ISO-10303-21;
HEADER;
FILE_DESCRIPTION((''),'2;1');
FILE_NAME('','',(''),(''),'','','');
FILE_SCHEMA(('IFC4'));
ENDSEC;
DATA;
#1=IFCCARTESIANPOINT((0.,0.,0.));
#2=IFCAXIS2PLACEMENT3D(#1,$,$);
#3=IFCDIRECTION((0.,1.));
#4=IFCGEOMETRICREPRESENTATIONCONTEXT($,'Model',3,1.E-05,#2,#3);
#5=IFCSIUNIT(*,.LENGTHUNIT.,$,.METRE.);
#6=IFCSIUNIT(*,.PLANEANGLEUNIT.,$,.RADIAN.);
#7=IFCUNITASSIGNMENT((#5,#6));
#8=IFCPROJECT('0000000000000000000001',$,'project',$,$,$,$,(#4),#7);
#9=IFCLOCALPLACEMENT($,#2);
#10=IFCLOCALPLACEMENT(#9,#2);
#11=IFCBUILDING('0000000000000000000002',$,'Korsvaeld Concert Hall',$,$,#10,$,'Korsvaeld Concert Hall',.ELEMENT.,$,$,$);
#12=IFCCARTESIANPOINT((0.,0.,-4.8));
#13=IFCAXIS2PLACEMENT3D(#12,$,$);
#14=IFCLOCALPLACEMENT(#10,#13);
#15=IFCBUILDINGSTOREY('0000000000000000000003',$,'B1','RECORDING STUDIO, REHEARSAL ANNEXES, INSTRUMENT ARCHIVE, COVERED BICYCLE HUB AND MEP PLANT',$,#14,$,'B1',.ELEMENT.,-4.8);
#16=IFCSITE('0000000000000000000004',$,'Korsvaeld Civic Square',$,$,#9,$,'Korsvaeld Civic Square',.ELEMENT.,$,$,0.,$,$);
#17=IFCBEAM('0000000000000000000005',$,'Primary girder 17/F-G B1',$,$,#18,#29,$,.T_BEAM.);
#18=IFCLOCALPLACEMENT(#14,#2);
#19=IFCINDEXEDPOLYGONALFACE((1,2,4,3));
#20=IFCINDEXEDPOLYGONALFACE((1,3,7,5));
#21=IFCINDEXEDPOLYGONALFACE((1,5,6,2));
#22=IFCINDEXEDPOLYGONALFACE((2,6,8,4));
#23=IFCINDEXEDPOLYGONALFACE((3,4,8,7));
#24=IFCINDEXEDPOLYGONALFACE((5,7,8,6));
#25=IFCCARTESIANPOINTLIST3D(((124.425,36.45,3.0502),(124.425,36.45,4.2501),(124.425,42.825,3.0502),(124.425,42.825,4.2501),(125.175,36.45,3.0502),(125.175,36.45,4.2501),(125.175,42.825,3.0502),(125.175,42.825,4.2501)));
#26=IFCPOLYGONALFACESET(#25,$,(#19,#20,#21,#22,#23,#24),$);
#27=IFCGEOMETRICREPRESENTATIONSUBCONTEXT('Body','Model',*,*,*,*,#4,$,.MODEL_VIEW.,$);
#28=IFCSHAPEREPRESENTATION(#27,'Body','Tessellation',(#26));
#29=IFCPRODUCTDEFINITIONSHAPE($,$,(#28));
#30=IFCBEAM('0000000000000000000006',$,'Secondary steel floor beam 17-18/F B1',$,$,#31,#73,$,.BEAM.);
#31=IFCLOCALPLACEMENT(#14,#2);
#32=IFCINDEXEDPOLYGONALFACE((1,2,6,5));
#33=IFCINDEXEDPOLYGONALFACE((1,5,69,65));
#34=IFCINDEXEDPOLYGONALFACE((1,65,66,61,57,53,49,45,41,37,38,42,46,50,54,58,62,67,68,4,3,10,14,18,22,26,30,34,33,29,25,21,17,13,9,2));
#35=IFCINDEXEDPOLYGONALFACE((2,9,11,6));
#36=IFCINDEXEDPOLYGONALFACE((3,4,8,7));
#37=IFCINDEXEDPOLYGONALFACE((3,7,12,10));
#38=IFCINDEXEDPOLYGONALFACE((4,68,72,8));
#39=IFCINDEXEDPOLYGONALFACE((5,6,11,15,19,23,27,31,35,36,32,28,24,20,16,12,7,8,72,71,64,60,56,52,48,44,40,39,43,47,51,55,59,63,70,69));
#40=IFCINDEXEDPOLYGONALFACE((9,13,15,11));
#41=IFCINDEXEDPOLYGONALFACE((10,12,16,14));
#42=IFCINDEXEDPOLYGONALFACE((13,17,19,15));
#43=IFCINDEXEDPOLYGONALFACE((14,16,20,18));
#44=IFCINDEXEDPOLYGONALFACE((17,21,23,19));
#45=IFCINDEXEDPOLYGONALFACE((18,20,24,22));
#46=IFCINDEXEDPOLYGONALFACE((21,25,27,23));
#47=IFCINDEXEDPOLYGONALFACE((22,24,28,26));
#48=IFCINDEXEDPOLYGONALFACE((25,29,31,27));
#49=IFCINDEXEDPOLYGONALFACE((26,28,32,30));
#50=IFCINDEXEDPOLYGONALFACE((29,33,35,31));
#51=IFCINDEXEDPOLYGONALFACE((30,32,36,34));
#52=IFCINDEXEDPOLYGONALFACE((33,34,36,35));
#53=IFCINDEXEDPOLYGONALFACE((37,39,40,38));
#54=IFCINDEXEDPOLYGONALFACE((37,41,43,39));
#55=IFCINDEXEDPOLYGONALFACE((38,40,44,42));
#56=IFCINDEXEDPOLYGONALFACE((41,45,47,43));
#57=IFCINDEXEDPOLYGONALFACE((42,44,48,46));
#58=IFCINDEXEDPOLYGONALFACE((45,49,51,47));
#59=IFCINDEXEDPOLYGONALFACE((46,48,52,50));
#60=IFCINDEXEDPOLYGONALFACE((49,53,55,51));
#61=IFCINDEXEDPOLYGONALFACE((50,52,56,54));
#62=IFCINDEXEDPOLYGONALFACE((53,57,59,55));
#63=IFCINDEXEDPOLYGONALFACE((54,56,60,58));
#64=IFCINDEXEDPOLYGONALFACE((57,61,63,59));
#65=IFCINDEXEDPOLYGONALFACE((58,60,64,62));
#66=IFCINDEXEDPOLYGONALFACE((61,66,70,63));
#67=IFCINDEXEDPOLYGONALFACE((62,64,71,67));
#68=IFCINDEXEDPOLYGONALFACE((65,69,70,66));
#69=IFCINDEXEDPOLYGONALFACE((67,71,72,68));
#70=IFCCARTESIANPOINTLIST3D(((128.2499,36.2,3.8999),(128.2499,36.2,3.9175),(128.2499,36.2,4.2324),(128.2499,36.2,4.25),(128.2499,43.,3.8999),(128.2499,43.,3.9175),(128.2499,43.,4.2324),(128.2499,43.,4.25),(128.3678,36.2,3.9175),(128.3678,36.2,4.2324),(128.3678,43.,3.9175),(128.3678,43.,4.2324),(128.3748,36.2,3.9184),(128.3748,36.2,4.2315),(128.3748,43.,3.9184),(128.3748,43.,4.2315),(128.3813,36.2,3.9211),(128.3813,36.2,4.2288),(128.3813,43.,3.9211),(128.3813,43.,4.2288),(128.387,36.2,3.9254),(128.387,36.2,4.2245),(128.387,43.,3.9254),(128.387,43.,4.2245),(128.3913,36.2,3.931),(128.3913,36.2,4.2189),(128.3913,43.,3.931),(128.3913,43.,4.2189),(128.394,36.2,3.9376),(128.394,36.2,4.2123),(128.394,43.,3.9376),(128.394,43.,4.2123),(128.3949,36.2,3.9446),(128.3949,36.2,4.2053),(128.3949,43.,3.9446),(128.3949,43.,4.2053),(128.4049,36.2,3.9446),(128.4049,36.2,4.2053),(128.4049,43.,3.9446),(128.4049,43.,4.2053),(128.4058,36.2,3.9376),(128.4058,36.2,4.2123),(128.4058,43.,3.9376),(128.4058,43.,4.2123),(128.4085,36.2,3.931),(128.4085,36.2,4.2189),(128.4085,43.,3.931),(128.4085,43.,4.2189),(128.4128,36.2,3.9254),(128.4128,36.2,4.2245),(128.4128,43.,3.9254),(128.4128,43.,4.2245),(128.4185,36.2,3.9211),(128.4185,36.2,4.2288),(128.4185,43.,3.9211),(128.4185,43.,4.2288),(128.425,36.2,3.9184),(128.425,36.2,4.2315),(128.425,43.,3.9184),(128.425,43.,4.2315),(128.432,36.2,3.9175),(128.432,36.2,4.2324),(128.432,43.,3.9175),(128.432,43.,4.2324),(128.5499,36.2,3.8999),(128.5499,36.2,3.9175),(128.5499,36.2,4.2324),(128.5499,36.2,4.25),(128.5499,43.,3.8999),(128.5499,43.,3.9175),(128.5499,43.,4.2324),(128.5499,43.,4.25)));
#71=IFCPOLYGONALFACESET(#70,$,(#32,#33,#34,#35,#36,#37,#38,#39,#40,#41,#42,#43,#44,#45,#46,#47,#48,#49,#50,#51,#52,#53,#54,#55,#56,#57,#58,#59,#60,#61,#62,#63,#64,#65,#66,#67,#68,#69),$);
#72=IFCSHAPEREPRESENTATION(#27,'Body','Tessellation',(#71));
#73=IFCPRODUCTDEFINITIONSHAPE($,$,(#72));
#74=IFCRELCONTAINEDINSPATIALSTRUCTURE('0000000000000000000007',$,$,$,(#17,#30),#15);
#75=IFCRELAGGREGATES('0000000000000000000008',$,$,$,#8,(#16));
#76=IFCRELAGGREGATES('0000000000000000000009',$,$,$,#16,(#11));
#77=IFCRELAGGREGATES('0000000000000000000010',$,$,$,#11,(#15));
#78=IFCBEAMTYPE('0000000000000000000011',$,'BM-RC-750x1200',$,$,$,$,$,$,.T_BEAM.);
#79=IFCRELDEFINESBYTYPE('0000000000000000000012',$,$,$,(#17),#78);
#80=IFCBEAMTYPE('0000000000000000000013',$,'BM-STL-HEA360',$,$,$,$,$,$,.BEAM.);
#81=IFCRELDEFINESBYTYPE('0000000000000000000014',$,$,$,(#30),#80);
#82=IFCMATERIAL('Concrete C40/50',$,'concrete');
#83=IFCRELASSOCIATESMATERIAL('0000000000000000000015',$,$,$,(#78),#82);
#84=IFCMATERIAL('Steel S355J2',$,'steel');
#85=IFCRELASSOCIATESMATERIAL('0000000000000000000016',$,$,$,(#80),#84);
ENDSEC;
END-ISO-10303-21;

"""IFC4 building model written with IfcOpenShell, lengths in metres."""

from ifc_helpers import new_model, si_unit, direction, frame, origin, origin_2d, place, context, subcontext, project, spatial, rectangle, i_section, extrude, material, material_profile, profile_set, type_object, element, save


model = new_model("IFC4")

# Units and contexts
model_context = context("Model", 3, precision=1e-05, world=origin(), true_north=direction((0.0, 1.0)))
body_context = subcontext(model_context, "Body", "Model", "MODEL_VIEW")
ifc_project = project(units=[si_unit("LENGTHUNIT", "METRE"), si_unit("PLANEANGLEUNIT", "RADIAN")], contexts=[model_context])

# Site, building, storey
site_placement = place(None, origin())
site = spatial("IfcSite", under=ifc_project, at=site_placement, Name="Korsvaeld Civic Square", LongName="Korsvaeld Civic Square", CompositionType="ELEMENT", RefElevation=0.0)
building_placement = place(site_placement, origin())
building = spatial("IfcBuilding", under=site, at=building_placement, Name="Korsvaeld Concert Hall", LongName="Korsvaeld Concert Hall", CompositionType="ELEMENT")
storey_placement = place(building_placement, frame((0.0, 0.0, -4.8)))
storey = spatial("IfcBuildingStorey", under=building, at=storey_placement, Name="B1", Description="RECORDING STUDIO, REHEARSAL ANNEXES, INSTRUMENT ARCHIVE, COVERED BICYCLE HUB AND MEP PLANT", LongName="B1", CompositionType="ELEMENT", Elevation=-4.8)

# Shared definitions
ifc_material_1 = material(Name="Concrete C40/50", Category="concrete")

# Beams
ifc_material_profile_1 = material_profile(ifc_material_1, rectangle(XDim=0.75, YDim=1.2, at=origin_2d()), Name="RC 750x1200")
ifc_profile_set_1 = profile_set([ifc_material_profile_1], Name="Concrete C40/50")
beam_type_1 = type_object("IfcBeamType", Name="BM-RC-750x1200", PredefinedType="T_BEAM", material=ifc_profile_set_1)
beam_1_placement = place(storey_placement, frame((124.8, 36.45, 3.6501), z_axis=(0.0, 1.0, 0.0), x_axis=(-1.0, 0.0, 0.0)))
element("IfcBeam", 1, at=beam_1_placement, inside=storey, type_object=beam_type_1, Name="Primary girder 17/F-G B1", PredefinedType="T_BEAM", context=body_context, shape_type="SweptSolid", body=[
    extrude(rectangle(XDim=0.75, YDim=1.2, at=origin_2d()), origin(), (0.0, 0.0, 1.0), 6.375),
])
ifc_material_2 = material(Name="Steel S355J2", Category="steel")
ifc_material_profile_2 = material_profile(ifc_material_2, i_section(OverallWidth=0.3, OverallDepth=0.3501, WebThickness=0.01, FlangeThickness=0.0176, FilletRadius=0.0271, at=origin_2d()), Name="HEA 360")
ifc_profile_set_2 = profile_set([ifc_material_profile_2], Name="Steel S355J2")
beam_type_2 = type_object("IfcBeamType", Name="BM-STL-HEA360", PredefinedType="BEAM", material=ifc_profile_set_2)
beam_2_placement = place(storey_placement, frame((128.3999, 36.2, 4.075), z_axis=(0.0, 1.0, 0.0), x_axis=(-1.0, 0.0, 0.0)))
element("IfcBeam", 2, at=beam_2_placement, inside=storey, type_object=beam_type_2, Name="Secondary steel floor beam 17-18/F B1", PredefinedType="BEAM", context=body_context, shape_type="SweptSolid", body=[
    extrude(i_section(OverallWidth=0.3, OverallDepth=0.3501, WebThickness=0.01, FlangeThickness=0.0176, FilletRadius=0.0271, at=origin_2d()), origin(), (0.0, 0.0, 1.0), 6.8),
])

save(model, "model.ifc")
